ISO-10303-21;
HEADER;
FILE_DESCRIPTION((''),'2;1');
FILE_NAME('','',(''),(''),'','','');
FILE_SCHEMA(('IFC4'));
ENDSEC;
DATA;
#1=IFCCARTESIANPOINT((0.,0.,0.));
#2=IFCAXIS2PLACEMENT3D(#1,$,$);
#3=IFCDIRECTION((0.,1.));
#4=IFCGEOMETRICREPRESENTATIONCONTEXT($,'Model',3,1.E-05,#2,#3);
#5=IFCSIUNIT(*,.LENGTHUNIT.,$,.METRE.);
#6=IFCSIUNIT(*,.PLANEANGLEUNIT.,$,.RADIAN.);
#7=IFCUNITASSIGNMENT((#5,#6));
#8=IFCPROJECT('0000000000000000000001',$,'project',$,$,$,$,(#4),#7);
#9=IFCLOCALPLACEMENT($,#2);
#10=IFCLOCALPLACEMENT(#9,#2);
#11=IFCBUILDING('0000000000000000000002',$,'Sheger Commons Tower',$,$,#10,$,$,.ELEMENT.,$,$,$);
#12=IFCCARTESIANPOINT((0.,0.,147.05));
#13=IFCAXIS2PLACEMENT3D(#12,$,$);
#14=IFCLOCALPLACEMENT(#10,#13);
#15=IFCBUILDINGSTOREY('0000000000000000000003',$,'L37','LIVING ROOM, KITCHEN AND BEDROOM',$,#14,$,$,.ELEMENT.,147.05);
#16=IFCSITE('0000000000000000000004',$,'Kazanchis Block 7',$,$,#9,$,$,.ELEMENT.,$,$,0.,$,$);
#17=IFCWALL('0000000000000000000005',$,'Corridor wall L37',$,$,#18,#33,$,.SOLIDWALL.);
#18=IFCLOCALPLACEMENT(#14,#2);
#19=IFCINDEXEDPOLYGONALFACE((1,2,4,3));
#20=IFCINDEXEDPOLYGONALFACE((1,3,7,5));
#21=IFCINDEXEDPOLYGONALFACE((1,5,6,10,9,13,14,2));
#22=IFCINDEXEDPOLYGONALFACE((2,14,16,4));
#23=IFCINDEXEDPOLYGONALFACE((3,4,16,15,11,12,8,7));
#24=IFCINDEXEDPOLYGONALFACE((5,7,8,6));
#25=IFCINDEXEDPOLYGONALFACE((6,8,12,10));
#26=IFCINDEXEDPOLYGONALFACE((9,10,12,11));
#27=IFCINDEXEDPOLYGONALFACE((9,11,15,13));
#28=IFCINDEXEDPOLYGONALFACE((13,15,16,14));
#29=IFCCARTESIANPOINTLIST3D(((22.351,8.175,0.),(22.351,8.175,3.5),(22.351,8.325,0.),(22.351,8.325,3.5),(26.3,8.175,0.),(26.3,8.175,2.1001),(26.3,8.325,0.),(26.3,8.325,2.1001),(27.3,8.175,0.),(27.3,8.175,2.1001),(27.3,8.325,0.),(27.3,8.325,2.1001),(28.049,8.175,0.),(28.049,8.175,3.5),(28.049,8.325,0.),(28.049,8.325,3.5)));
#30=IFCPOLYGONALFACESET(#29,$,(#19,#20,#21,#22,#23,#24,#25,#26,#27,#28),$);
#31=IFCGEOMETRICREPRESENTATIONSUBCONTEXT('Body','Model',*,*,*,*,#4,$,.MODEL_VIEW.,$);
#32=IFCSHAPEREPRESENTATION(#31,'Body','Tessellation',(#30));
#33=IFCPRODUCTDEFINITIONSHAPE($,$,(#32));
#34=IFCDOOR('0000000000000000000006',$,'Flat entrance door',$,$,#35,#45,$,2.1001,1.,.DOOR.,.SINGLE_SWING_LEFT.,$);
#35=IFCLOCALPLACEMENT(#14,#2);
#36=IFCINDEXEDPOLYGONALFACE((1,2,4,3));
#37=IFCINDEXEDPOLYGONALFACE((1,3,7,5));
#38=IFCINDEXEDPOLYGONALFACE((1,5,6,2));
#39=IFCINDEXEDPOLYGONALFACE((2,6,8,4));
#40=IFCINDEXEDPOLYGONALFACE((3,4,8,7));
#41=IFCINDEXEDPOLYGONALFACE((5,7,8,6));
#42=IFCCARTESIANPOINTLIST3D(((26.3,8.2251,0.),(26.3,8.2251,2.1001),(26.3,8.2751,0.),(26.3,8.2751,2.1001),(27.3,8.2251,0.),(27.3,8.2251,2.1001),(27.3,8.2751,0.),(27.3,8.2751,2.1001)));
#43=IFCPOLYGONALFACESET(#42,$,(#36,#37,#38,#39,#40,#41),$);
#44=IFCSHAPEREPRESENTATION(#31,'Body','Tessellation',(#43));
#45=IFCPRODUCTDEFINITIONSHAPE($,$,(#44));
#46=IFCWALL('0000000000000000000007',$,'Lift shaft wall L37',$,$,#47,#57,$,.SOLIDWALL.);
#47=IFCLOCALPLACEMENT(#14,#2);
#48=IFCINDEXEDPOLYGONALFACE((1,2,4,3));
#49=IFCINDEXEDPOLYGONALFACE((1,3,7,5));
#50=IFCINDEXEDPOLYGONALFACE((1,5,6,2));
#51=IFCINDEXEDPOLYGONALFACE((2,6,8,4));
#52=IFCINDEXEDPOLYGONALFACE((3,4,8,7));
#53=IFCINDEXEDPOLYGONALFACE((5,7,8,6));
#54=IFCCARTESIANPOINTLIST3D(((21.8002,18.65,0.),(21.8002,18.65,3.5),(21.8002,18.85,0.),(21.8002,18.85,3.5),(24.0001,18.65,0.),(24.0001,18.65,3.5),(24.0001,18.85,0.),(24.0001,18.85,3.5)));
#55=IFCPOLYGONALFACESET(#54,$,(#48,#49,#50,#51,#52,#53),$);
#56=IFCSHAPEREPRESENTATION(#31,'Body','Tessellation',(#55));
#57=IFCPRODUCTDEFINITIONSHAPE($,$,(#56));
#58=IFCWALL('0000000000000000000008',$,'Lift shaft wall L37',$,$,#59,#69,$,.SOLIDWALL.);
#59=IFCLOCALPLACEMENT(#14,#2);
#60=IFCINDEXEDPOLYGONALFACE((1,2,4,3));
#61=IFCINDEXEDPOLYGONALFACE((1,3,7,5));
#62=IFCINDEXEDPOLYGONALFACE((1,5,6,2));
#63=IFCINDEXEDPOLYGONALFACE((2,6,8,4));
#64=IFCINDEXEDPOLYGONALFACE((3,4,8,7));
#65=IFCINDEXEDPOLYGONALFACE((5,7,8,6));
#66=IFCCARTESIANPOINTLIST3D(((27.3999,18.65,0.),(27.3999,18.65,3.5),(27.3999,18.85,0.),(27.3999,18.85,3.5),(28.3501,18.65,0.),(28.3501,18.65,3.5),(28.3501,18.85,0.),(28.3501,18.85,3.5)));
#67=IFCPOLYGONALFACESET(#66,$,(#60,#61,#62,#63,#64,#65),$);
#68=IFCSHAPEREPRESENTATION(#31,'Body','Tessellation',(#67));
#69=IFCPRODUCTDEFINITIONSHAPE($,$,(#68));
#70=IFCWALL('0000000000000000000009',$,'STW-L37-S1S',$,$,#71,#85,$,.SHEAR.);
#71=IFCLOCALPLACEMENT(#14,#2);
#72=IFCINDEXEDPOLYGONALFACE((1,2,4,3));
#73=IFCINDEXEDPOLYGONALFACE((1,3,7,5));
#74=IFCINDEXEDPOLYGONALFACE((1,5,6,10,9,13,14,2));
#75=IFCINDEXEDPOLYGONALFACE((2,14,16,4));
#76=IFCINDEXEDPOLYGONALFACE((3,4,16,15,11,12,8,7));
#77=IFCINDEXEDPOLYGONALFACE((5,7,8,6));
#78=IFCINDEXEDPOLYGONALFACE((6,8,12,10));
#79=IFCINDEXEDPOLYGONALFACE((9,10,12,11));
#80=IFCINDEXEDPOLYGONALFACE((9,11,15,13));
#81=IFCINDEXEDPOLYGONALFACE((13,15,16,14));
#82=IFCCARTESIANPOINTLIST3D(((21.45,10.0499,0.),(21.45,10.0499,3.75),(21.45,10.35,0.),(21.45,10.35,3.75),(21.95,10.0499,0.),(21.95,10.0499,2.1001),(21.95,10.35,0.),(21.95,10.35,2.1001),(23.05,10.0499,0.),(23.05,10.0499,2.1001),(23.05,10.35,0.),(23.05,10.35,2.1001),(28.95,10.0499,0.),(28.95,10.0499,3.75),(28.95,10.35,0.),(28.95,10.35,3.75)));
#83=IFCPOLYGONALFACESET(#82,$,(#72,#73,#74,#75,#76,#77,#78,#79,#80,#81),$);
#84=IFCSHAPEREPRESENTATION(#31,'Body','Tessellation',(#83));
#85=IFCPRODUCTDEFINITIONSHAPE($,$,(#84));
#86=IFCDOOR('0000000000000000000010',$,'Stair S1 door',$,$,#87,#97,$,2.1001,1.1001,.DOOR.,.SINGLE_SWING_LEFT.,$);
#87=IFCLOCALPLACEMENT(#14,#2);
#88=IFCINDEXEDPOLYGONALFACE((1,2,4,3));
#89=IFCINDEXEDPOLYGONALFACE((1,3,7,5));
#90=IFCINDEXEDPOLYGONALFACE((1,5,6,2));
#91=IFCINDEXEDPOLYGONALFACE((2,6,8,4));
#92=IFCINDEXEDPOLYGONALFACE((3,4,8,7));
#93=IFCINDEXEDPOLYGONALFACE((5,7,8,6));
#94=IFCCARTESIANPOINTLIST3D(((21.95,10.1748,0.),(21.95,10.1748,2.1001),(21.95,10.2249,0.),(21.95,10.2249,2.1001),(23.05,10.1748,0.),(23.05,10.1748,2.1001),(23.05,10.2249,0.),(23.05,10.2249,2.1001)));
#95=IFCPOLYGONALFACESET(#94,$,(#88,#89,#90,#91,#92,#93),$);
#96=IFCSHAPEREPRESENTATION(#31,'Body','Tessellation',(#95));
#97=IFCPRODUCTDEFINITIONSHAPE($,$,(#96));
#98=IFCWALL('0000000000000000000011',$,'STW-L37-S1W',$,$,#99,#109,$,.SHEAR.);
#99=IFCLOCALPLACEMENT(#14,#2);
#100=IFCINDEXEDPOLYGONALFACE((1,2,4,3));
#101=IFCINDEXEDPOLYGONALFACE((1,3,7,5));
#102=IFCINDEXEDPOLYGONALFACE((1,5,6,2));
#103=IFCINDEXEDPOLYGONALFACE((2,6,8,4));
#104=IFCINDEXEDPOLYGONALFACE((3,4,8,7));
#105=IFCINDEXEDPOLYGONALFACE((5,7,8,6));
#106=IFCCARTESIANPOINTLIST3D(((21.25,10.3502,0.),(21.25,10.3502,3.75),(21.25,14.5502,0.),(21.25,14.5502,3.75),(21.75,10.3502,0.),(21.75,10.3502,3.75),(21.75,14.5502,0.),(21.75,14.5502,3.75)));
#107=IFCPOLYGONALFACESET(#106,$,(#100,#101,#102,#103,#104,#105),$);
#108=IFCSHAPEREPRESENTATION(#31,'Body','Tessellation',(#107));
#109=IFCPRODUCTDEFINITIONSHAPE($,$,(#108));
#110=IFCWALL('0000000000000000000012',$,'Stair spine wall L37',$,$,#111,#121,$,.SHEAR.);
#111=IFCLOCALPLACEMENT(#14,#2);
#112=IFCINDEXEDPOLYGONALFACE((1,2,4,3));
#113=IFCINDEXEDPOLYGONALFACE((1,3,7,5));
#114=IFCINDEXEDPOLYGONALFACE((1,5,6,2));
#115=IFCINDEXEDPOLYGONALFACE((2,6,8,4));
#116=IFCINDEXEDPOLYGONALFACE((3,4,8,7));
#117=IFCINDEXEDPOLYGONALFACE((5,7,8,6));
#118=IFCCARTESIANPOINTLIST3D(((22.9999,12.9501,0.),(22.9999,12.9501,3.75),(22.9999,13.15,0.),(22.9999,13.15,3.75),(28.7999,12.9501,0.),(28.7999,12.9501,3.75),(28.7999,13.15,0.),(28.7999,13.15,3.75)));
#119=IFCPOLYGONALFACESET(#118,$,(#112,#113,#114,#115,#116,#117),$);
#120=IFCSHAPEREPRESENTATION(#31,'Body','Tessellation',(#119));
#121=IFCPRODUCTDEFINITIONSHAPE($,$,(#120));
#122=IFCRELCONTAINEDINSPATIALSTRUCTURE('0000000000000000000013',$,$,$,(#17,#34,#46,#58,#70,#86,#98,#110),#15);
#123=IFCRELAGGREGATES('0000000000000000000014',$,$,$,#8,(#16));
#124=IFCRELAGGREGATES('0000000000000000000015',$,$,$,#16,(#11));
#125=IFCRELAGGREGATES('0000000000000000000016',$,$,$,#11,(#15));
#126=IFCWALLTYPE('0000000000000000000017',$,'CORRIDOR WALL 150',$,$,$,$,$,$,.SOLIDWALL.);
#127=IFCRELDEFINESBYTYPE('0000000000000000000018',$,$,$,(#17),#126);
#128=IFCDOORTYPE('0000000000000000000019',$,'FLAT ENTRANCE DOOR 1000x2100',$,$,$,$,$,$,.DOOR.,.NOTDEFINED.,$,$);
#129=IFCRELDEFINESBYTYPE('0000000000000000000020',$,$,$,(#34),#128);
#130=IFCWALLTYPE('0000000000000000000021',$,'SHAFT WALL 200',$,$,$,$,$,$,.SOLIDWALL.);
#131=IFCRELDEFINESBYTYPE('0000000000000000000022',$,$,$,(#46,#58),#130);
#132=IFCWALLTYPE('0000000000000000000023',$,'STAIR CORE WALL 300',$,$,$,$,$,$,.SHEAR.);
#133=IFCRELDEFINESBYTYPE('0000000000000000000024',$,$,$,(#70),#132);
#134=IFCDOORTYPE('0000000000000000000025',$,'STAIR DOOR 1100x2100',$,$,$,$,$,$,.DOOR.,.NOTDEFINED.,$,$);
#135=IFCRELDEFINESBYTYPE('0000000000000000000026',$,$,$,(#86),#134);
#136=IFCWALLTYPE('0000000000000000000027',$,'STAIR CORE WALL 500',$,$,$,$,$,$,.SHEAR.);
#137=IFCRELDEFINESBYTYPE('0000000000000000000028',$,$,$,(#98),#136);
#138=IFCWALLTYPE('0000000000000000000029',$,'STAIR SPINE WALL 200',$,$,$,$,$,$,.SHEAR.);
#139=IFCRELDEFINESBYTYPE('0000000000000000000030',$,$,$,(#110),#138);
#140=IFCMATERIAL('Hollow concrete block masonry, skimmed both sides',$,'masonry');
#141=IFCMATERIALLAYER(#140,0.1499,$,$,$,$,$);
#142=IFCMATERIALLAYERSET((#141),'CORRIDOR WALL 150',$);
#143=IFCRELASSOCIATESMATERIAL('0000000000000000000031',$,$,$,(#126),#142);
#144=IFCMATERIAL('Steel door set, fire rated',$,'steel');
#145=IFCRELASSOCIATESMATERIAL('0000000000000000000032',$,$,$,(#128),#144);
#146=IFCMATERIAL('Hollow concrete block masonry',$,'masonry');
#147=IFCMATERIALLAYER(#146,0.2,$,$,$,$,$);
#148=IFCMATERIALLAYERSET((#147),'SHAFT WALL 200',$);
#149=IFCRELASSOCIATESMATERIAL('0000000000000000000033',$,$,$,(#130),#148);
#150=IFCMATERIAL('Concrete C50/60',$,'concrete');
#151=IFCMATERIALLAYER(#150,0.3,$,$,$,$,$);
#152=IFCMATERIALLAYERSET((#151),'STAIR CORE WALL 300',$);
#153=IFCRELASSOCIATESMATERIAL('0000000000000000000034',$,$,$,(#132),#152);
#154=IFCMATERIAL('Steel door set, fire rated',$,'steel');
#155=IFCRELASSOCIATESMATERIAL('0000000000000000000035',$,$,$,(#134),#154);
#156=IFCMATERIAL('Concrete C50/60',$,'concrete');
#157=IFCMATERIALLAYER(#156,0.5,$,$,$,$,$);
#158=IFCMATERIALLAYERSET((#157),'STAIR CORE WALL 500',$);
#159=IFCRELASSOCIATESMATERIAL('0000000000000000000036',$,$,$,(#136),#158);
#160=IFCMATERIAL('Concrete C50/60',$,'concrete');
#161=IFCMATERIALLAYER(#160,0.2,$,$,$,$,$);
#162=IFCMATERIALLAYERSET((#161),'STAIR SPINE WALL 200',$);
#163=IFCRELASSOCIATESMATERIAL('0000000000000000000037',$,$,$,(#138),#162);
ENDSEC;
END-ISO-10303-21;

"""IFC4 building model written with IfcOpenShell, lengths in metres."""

from ifc_helpers import new_model, si_unit, direction, frame, frame_2d, origin, place, context, subcontext, project, spatial, rectangle, extrude, material, layer, layer_set, type_object, element, fill, save


model = new_model("IFC4")

# Units and contexts
model_context = context("Model", 3, precision=1e-05, world=origin(), true_north=direction((0.0, 1.0)))
body_context = subcontext(model_context, "Body", "Model", "MODEL_VIEW")
ifc_project = project(units=[si_unit("LENGTHUNIT", "METRE"), si_unit("PLANEANGLEUNIT", "RADIAN")], contexts=[model_context])

# Site, building, storey
site_placement = place(None, origin())
site = spatial("IfcSite", under=ifc_project, at=site_placement, Name="Kazanchis Block 7", CompositionType="ELEMENT", RefElevation=0.0)
building_placement = place(site_placement, origin())
building = spatial("IfcBuilding", under=site, at=building_placement, Name="Sheger Commons Tower", CompositionType="ELEMENT")
storey_placement = place(building_placement, frame((0.0, 0.0, 147.05)))
storey = spatial("IfcBuildingStorey", under=building, at=storey_placement, Name="L37", Description="LIVING ROOM, KITCHEN AND BEDROOM", CompositionType="ELEMENT", Elevation=147.05)

# Wall, opening, door
ifc_material_1 = material(Name="Hollow concrete block masonry, skimmed both sides", Category="masonry")
ifc_layer_1 = layer(ifc_material_1, 0.1499)
ifc_layer_set_1 = layer_set([ifc_layer_1], Name="CORRIDOR WALL 150")
wall_type_1 = type_object("IfcWallType", Name="CORRIDOR WALL 150", PredefinedType="SOLIDWALL", material=ifc_layer_set_1)
wall_1_placement = place(storey_placement, frame((28.0491, 8.25, 0.0), z_axis=(0.0, 0.0, 1.0), x_axis=(-1.0, 0.0, 0.0)))
wall_1 = element("IfcWall", 1, at=wall_1_placement, inside=storey, type_object=wall_type_1, Name="Corridor wall L37", PredefinedType="SOLIDWALL", context=body_context, shape_type="SweptSolid", body=[
    extrude(rectangle(XDim=5.698, YDim=0.1499, at=frame_2d((2.8491, 0.0))), origin(), (0.0, 0.0, 1.0), 3.5),
])
opening_1_placement = place(wall_1_placement, frame((0.749, 0.0, 0.0)))
opening_1 = element("IfcOpeningElement", 2, at=opening_1_placement, cuts=wall_1, PredefinedType="OPENING", context=body_context, shape_type="SweptSolid", body=[
    extrude(rectangle(XDim=1.0, YDim=2.1001, at=frame_2d((0.5, 1.05))), frame((0.0, 0.085, 0.0), z_axis=(0.0, -1.0, 0.0), x_axis=(1.0, 0.0, 0.0)), (0.0, 0.0, 1.0), 0.1699),
])
ifc_material_2 = material(Name="Steel door set, fire rated", Category="steel")
door_type_1 = type_object("IfcDoorType", Name="FLAT ENTRANCE DOOR 1000x2100", OperationType="NOTDEFINED", PredefinedType="DOOR", material=ifc_material_2)
door_1_placement = place(opening_1_placement, origin())
door_1 = element("IfcDoor", 3, at=door_1_placement, inside=storey, type_object=door_type_1, Name="Flat entrance door", OperationType="SINGLE_SWING_LEFT", OverallHeight=2.1001, OverallWidth=1.0, PredefinedType="DOOR", context=body_context, shape_type="SweptSolid", body=[
    extrude(rectangle(XDim=1.0, YDim=2.1001, at=frame_2d((0.5, 1.05))), frame((0.0, 0.0249, 0.0), z_axis=(0.0, -1.0, 0.0), x_axis=(1.0, 0.0, 0.0)), (0.0, 0.0, 1.0), 0.05),
])
fill(opening_1, door_1)

# Walls
ifc_material_3 = material(Name="Hollow concrete block masonry", Category="masonry")
ifc_layer_2 = layer(ifc_material_3, 0.2)
ifc_layer_set_2 = layer_set([ifc_layer_2], Name="SHAFT WALL 200")
wall_type_2 = type_object("IfcWallType", Name="SHAFT WALL 200", PredefinedType="SOLIDWALL", material=ifc_layer_set_2)
wall_2_placement = place(storey_placement, frame((21.8, 18.75, 0.0), z_axis=(0.0, 0.0, 1.0), x_axis=(1.0, 0.0, 0.0)))
element("IfcWall", 4, at=wall_2_placement, inside=storey, type_object=wall_type_2, Name="Lift shaft wall L37", PredefinedType="SOLIDWALL", context=body_context, shape_type="SweptSolid", body=[
    extrude(rectangle(XDim=2.2, YDim=0.2, at=frame_2d((1.1001, 0.0))), origin(), (0.0, 0.0, 1.0), 3.5),
])
wall_3_placement = place(storey_placement, frame((27.3999, 18.75, 0.0), z_axis=(0.0, 0.0, 1.0), x_axis=(1.0, 0.0, 0.0)))
element("IfcWall", 5, at=wall_3_placement, inside=storey, type_object=wall_type_2, Name="Lift shaft wall L37", PredefinedType="SOLIDWALL", context=body_context, shape_type="SweptSolid", body=[
    extrude(rectangle(XDim=0.9502, YDim=0.2, at=frame_2d((0.4751, 0.0))), origin(), (0.0, 0.0, 1.0), 3.5),
])

# Wall, opening, door
ifc_material_4 = material(Name="Concrete C50/60", Category="concrete")
ifc_layer_3 = layer(ifc_material_4, 0.3)
ifc_layer_set_3 = layer_set([ifc_layer_3], Name="STAIR CORE WALL 300")
wall_type_3 = type_object("IfcWallType", Name="STAIR CORE WALL 300", PredefinedType="SHEAR", material=ifc_layer_set_3)
wall_4_placement = place(storey_placement, frame((21.45, 10.2, 0.0), z_axis=(0.0, 0.0, 1.0), x_axis=(1.0, 0.0, 0.0)))
wall_4 = element("IfcWall", 6, at=wall_4_placement, inside=storey, type_object=wall_type_3, Name="STW-L37-S1S", PredefinedType="SHEAR", context=body_context, shape_type="SweptSolid", body=[
    extrude(rectangle(XDim=7.5, YDim=0.3, at=frame_2d((3.75, 0.0))), origin(), (0.0, 0.0, 1.0), 3.75),
])
opening_2_placement = place(wall_4_placement, frame((0.5, 0.0, 0.0)))
opening_2 = element("IfcOpeningElement", 7, at=opening_2_placement, cuts=wall_4, PredefinedType="OPENING", context=body_context, shape_type="SweptSolid", body=[
    extrude(rectangle(XDim=1.1001, YDim=2.1001, at=frame_2d((0.55, 1.05))), frame((0.0, 0.1599, 0.0), z_axis=(0.0, -1.0, 0.0), x_axis=(1.0, 0.0, 0.0)), (0.0, 0.0, 1.0), 0.3201),
])
ifc_material_5 = material(Name="Steel door set, fire rated", Category="steel")
door_type_2 = type_object("IfcDoorType", Name="STAIR DOOR 1100x2100", OperationType="NOTDEFINED", PredefinedType="DOOR", material=ifc_material_5)
door_2_placement = place(opening_2_placement, origin())
door_2 = element("IfcDoor", 8, at=door_2_placement, inside=storey, type_object=door_type_2, Name="Stair S1 door", OperationType="SINGLE_SWING_LEFT", OverallHeight=2.1001, OverallWidth=1.1001, PredefinedType="DOOR", context=body_context, shape_type="SweptSolid", body=[
    extrude(rectangle(XDim=1.1001, YDim=2.1001, at=frame_2d((0.55, 1.05))), frame((0.0, 0.0249, 0.0), z_axis=(0.0, -1.0, 0.0), x_axis=(1.0, 0.0, 0.0)), (0.0, 0.0, 1.0), 0.05),
])
fill(opening_2, door_2)

# Walls
ifc_material_6 = material(Name="Concrete C50/60", Category="concrete")
ifc_layer_4 = layer(ifc_material_6, 0.5)
ifc_layer_set_4 = layer_set([ifc_layer_4], Name="STAIR CORE WALL 500")
wall_type_4 = type_object("IfcWallType", Name="STAIR CORE WALL 500", PredefinedType="SHEAR", material=ifc_layer_set_4)
wall_5_placement = place(storey_placement, frame((21.5, 10.3501, 0.0), z_axis=(0.0, 0.0, 1.0), x_axis=(0.0, 1.0, 0.0)))
element("IfcWall", 9, at=wall_5_placement, inside=storey, type_object=wall_type_4, Name="STW-L37-S1W", PredefinedType="SHEAR", context=body_context, shape_type="SweptSolid", body=[
    extrude(rectangle(XDim=4.2, YDim=0.5, at=frame_2d((2.1001, 0.0))), origin(), (0.0, 0.0, 1.0), 3.75),
])
ifc_material_7 = material(Name="Concrete C50/60", Category="concrete")
ifc_layer_5 = layer(ifc_material_7, 0.2)
ifc_layer_set_5 = layer_set([ifc_layer_5], Name="STAIR SPINE WALL 200")
wall_type_5 = type_object("IfcWallType", Name="STAIR SPINE WALL 200", PredefinedType="SHEAR", material=ifc_layer_set_5)
wall_6_placement = place(storey_placement, frame((23.0, 13.05, 0.0), z_axis=(0.0, 0.0, 1.0), x_axis=(1.0, 0.0, 0.0)))
element("IfcWall", 10, at=wall_6_placement, inside=storey, type_object=wall_type_5, Name="Stair spine wall L37", PredefinedType="SHEAR", context=body_context, shape_type="SweptSolid", body=[
    extrude(rectangle(XDim=5.8, YDim=0.2, at=frame_2d((2.8999, 0.0))), origin(), (0.0, 0.0, 1.0), 3.75),
])

save(model, "model.ifc")
